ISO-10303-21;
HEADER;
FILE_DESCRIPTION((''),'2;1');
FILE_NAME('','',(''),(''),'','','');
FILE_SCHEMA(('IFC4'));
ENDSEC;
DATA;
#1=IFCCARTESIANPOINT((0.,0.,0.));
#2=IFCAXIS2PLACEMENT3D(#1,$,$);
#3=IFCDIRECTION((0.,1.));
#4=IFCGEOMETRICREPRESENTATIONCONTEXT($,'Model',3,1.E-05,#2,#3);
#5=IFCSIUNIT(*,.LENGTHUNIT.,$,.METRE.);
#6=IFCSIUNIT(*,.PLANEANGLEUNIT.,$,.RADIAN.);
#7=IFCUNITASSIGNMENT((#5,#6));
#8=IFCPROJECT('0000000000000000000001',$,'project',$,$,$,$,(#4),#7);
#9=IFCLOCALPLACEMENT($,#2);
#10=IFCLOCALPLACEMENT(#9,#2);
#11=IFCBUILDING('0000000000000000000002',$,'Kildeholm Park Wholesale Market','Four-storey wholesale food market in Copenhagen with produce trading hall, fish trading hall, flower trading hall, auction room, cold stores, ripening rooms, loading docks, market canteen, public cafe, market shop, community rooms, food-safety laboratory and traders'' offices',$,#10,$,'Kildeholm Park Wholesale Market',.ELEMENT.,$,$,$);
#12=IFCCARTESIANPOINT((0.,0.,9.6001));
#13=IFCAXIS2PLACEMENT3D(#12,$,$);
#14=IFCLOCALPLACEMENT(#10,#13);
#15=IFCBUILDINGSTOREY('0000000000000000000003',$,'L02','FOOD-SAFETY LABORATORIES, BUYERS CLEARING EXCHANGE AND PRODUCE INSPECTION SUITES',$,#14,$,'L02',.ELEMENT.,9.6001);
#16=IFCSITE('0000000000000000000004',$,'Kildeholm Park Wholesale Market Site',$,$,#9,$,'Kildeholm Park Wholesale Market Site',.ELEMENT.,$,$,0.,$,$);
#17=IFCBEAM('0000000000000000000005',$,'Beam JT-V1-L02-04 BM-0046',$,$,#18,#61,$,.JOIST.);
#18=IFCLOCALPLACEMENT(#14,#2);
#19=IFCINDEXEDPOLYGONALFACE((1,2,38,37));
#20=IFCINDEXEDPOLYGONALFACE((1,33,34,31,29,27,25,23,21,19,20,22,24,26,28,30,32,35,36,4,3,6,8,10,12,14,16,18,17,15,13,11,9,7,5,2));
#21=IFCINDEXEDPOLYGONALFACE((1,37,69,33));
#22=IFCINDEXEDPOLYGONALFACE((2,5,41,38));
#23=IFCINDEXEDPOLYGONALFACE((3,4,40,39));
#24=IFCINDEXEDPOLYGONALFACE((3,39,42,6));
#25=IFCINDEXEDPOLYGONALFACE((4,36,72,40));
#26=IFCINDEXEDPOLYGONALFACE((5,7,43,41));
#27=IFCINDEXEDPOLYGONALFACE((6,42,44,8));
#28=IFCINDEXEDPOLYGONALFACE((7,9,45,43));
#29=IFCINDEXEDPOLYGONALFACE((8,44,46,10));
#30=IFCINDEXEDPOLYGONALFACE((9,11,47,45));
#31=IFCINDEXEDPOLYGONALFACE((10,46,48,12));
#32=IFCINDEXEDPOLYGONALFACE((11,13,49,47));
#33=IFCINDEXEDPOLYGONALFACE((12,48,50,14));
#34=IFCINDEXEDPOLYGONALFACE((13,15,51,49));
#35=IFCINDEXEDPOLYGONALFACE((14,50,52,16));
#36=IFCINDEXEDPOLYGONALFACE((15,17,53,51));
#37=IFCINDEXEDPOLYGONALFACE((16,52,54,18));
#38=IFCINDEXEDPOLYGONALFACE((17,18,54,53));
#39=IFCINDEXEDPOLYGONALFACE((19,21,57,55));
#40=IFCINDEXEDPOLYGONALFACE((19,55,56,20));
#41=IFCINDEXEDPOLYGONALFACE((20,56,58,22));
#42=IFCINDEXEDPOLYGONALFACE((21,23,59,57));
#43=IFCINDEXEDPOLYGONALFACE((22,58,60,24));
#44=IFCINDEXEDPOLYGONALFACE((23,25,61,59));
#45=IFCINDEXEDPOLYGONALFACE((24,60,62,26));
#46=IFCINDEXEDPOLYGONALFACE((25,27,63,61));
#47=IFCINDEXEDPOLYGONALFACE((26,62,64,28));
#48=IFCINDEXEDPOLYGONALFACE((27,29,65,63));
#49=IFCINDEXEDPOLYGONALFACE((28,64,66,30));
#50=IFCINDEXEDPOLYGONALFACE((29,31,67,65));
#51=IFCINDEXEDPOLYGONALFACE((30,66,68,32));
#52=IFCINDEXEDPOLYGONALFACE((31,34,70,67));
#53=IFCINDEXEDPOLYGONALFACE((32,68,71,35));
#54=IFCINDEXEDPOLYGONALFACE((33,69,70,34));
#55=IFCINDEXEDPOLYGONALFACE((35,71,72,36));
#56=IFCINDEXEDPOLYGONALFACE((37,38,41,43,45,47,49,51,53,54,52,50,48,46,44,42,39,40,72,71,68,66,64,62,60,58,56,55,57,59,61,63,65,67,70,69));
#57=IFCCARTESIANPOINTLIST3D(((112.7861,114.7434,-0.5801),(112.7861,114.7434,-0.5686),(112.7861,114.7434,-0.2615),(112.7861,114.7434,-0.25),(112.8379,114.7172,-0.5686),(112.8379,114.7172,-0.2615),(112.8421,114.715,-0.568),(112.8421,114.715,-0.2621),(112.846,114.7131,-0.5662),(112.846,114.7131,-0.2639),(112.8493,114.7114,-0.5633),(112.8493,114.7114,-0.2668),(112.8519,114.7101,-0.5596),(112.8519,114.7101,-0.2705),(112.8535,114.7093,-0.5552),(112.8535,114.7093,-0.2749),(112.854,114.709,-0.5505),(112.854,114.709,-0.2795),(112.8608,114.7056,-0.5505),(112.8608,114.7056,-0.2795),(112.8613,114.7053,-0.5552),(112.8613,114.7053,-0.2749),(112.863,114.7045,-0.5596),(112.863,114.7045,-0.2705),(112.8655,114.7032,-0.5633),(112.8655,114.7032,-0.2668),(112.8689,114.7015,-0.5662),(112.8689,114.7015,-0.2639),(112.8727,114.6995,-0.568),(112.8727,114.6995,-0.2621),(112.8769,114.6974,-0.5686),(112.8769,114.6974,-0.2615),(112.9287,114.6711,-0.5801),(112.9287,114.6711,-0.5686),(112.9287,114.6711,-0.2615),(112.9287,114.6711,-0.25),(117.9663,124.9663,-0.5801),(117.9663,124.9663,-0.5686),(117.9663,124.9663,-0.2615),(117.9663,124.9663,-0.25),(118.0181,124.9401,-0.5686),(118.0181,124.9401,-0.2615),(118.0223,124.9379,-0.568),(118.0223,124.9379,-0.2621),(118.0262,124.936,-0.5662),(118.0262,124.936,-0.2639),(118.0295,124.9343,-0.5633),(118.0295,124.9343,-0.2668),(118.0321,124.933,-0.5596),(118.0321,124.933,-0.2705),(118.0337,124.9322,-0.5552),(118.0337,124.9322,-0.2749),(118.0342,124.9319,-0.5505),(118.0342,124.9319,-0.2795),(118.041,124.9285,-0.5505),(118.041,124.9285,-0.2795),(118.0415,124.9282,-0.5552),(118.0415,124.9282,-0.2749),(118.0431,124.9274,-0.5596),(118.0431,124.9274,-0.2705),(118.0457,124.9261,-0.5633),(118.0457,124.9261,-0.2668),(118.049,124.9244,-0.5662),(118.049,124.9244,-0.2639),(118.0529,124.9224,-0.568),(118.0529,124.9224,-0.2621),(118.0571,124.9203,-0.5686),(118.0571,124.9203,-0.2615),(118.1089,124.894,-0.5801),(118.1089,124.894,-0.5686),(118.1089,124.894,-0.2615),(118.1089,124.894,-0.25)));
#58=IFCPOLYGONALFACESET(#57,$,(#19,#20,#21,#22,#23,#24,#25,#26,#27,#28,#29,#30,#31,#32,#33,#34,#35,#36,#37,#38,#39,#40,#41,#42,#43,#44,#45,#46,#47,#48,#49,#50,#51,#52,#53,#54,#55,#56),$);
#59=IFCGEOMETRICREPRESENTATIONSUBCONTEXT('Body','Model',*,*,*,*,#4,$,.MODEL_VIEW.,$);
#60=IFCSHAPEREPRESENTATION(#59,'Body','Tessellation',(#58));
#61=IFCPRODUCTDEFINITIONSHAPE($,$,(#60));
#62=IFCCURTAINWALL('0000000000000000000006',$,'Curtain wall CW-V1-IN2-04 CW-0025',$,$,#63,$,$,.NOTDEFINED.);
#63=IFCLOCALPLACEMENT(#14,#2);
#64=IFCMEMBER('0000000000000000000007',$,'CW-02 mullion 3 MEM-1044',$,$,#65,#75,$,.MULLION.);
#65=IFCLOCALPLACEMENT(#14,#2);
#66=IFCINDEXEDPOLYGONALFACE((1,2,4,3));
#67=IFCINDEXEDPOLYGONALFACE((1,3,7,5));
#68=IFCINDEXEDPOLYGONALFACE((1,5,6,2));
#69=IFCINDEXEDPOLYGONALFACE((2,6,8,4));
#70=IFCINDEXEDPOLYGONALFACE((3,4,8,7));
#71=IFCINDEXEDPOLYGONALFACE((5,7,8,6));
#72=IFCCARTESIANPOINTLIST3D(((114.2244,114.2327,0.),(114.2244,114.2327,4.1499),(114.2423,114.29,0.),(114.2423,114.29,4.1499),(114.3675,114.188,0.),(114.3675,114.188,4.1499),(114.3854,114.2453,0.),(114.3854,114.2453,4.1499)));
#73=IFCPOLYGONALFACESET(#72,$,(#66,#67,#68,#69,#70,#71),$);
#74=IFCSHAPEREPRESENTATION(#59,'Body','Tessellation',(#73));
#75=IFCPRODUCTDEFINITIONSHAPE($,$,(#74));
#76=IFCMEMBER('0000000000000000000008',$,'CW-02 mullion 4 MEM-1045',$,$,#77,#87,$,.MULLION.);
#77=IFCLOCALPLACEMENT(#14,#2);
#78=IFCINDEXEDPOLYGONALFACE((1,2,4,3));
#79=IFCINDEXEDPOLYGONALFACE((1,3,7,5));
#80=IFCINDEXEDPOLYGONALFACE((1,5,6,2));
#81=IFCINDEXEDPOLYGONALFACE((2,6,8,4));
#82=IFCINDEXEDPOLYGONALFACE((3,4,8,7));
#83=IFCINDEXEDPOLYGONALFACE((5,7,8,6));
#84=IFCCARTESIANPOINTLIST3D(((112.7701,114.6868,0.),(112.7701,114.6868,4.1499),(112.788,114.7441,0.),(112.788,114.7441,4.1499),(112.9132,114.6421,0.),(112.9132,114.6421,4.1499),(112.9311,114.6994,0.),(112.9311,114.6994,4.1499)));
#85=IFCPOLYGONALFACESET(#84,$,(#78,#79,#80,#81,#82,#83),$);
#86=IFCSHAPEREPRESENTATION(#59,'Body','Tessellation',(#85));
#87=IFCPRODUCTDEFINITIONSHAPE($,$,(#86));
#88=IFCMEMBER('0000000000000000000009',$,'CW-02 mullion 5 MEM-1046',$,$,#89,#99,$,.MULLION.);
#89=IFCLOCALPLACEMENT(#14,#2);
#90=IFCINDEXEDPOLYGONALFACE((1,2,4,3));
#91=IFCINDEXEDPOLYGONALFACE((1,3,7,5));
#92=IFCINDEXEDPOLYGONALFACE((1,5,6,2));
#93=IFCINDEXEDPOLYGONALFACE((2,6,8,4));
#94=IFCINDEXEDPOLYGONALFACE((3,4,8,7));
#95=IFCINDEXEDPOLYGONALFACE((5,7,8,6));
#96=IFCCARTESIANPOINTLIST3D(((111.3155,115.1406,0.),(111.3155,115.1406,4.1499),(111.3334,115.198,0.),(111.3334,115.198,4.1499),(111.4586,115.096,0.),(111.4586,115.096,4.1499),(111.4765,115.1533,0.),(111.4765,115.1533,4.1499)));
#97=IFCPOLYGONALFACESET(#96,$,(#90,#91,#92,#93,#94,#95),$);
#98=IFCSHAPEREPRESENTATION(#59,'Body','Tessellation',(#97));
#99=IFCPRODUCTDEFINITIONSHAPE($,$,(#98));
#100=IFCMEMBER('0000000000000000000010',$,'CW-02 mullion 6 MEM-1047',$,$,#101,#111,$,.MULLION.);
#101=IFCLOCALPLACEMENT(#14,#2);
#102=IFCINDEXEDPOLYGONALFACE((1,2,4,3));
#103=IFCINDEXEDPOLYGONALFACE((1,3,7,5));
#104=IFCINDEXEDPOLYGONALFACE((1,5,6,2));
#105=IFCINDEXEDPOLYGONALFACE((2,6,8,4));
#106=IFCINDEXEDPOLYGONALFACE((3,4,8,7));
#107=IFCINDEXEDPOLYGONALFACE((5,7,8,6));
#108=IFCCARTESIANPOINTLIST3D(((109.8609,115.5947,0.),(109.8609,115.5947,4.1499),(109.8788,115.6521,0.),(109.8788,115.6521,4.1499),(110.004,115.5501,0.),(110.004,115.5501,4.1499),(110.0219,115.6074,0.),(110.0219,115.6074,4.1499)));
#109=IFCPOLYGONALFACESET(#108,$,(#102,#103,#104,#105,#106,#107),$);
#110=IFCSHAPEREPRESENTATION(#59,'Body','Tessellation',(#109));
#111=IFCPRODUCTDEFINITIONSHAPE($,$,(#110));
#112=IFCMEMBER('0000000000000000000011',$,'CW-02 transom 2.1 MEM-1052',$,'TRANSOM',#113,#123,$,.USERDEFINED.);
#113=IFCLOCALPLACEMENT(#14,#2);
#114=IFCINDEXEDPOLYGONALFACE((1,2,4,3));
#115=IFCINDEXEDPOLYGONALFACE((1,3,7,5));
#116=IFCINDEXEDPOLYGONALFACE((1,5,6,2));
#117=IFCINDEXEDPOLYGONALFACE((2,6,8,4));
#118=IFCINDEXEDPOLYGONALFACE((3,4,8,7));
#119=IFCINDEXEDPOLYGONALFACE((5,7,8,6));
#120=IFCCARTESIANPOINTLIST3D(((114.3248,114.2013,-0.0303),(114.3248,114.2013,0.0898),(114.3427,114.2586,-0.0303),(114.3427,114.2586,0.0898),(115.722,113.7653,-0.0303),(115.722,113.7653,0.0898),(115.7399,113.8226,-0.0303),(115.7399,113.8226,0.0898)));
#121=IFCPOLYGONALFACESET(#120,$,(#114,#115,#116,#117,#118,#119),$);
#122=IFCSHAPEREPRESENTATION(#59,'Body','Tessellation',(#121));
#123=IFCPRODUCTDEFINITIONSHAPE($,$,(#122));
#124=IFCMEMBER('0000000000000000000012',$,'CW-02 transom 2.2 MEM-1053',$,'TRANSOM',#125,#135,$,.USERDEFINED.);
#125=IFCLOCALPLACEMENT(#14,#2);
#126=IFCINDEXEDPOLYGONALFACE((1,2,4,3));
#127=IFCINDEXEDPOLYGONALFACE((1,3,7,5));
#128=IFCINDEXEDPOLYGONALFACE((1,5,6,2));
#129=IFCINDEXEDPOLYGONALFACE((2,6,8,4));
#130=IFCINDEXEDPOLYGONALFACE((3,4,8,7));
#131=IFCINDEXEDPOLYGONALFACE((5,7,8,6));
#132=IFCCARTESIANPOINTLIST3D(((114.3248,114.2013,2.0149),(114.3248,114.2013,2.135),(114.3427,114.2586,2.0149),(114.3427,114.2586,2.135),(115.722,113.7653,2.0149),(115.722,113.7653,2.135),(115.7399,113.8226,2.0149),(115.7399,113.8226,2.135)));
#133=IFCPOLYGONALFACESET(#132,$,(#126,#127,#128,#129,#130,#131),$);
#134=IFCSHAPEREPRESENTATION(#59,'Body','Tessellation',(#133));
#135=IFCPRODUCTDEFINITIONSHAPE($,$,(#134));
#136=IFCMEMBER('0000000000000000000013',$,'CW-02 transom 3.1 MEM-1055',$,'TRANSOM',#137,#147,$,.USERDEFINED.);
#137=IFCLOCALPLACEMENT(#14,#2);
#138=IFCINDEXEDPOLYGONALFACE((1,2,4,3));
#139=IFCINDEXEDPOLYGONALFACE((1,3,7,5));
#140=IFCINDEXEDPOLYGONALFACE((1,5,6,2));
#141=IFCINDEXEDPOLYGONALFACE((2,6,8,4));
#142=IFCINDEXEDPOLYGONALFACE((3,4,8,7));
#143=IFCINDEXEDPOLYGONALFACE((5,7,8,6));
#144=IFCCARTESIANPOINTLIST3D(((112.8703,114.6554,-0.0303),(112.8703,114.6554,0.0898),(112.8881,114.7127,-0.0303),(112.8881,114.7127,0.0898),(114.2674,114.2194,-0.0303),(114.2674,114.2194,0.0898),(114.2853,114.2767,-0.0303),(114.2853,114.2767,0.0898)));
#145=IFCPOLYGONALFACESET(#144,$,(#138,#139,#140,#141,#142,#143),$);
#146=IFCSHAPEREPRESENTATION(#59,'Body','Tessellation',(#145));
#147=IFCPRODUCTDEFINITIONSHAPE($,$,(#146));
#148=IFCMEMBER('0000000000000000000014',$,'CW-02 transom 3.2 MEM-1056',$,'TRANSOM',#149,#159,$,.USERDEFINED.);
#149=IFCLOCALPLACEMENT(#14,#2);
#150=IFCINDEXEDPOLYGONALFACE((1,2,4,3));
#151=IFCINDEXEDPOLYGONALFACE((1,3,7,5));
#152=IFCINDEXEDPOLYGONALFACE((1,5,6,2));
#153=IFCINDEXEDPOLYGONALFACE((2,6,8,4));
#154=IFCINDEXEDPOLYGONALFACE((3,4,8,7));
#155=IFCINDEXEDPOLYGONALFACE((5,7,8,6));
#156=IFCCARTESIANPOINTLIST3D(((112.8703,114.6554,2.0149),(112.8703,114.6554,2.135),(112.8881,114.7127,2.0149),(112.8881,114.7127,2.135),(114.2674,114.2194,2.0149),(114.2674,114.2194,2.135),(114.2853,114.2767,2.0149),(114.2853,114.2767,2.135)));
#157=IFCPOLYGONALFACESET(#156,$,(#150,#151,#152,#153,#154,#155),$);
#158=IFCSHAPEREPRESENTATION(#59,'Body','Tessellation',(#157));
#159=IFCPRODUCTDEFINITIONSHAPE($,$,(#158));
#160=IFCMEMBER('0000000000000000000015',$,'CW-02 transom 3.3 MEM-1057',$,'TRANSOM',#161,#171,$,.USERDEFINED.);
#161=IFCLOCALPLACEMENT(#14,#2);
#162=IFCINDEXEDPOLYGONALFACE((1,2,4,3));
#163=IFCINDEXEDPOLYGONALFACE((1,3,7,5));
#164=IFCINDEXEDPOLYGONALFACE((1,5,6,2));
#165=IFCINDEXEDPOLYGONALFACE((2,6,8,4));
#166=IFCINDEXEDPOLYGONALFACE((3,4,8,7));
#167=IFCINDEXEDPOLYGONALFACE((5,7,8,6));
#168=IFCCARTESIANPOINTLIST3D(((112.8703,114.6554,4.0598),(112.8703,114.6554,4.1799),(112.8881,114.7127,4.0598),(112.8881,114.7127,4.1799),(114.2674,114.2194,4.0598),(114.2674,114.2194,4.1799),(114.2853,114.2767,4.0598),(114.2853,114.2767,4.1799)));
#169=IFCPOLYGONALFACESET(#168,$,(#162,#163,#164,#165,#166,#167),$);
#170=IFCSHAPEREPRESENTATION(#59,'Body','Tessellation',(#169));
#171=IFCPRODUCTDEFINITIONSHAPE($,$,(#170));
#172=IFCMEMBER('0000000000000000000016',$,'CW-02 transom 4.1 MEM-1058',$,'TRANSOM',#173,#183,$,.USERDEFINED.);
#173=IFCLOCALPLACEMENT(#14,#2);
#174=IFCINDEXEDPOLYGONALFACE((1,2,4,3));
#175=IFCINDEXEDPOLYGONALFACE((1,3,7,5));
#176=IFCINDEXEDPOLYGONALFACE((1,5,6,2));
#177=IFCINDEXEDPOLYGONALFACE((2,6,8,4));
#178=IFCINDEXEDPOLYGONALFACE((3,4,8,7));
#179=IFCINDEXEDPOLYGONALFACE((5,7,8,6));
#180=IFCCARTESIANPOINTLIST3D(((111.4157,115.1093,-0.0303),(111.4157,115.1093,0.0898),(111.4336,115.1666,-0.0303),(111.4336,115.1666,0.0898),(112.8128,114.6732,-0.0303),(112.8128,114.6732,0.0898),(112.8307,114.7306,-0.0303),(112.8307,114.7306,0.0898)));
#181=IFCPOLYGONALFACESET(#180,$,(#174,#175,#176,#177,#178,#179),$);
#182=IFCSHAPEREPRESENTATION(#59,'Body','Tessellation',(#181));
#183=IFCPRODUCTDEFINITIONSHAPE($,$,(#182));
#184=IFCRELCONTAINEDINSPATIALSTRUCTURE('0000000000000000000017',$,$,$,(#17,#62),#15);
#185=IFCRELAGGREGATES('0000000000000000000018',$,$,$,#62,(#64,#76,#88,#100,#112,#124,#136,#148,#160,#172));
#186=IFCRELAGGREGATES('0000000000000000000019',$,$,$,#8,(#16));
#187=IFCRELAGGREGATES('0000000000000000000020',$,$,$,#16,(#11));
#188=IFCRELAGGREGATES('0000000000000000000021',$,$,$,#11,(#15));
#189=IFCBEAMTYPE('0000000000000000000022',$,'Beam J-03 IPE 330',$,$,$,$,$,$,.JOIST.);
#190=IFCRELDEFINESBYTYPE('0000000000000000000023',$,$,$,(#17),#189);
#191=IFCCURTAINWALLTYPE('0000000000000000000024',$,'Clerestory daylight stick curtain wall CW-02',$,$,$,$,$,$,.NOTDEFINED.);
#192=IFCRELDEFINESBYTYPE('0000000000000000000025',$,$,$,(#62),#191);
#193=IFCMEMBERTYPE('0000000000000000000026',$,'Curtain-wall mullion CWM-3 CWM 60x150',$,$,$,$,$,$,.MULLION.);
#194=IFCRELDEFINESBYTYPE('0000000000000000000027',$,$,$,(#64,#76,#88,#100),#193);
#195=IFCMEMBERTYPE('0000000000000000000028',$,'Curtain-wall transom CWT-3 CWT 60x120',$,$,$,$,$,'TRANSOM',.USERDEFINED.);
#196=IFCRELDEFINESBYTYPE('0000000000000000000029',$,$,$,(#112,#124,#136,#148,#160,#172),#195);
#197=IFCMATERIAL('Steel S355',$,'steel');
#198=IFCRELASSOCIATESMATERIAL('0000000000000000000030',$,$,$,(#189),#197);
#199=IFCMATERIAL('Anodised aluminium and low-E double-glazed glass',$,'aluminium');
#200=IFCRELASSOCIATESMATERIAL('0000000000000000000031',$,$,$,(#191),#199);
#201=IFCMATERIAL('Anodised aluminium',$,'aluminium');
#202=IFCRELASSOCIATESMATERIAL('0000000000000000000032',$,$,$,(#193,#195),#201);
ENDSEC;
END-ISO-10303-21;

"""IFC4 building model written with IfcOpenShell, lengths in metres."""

from ifc_helpers import new_model, si_unit, direction, frame, origin, origin_2d, place, context, subcontext, project, spatial, rectangle, i_section, extrude, material, material_profile, profile_set, type_object, element, aggregate, save


model = new_model("IFC4")

# Units and contexts
model_context = context("Model", 3, precision=1e-05, world=origin(), true_north=direction((0.0, 1.0)))
body_context = subcontext(model_context, "Body", "Model", "MODEL_VIEW")
ifc_project = project(units=[si_unit("LENGTHUNIT", "METRE"), si_unit("PLANEANGLEUNIT", "RADIAN")], contexts=[model_context])

# Site, building, storey
site_placement = place(None, origin())
site = spatial("IfcSite", under=ifc_project, at=site_placement, Name="Kildeholm Park Wholesale Market Site", LongName="Kildeholm Park Wholesale Market Site", CompositionType="ELEMENT", RefElevation=0.0)
building_placement = place(site_placement, origin())
building = spatial("IfcBuilding", under=site, at=building_placement, Name="Kildeholm Park Wholesale Market", Description="Four-storey wholesale food market in Copenhagen with produce trading hall, fish trading hall, flower trading hall, auction room, cold stores, ripening rooms, loading docks, market canteen, public cafe, market shop, community rooms, food-safety laboratory and traders' offices", LongName="Kildeholm Park Wholesale Market", CompositionType="ELEMENT")
storey_placement = place(building_placement, frame((0.0, 0.0, 9.6001)))
storey = spatial("IfcBuildingStorey", under=building, at=storey_placement, Name="L02", Description="FOOD-SAFETY LABORATORIES, BUYERS CLEARING EXCHANGE AND PRODUCE INSPECTION SUITES", LongName="L02", CompositionType="ELEMENT", Elevation=9.6001)

# Beam
ifc_material_1 = material(Name="Steel S355", Category="steel")
ifc_material_profile_1 = material_profile(ifc_material_1, i_section(OverallWidth=0.1599, OverallDepth=0.3301, WebThickness=0.0076, FlangeThickness=0.0115, FilletRadius=0.0181, at=origin_2d()), Name="IPE 330")
ifc_profile_set_1 = profile_set([ifc_material_profile_1], Name="Steel S355")
beam_type = type_object("IfcBeamType", Name="Beam J-03 IPE 330", PredefinedType="JOIST", material=ifc_profile_set_1)
beam_placement = place(storey_placement, frame((112.8574, 114.7073, -0.415), z_axis=(0.452005, 0.892016, 0.0), x_axis=(-0.892016, 0.452005, 0.0)))
element("IfcBeam", 1, at=beam_placement, inside=storey, type_object=beam_type, Name="Beam JT-V1-L02-04 BM-0046", PredefinedType="JOIST", context=body_context, shape_type="SweptSolid", body=[
    extrude(i_section(OverallWidth=0.1599, OverallDepth=0.3301, WebThickness=0.0076, FlangeThickness=0.0115, FilletRadius=0.0181, at=origin_2d()), origin(), (0.0, 0.0, 1.0), 11.4604),
])

# Curtain wall, members
ifc_material_2 = material(Name="Anodised aluminium and low-E double-glazed glass", Category="aluminium")
curtain_wall_type = type_object("IfcCurtainWallType", Name="Clerestory daylight stick curtain wall CW-02", PredefinedType="NOTDEFINED", material=ifc_material_2)
curtain_wall_placement = place(storey_placement, origin())
curtain_wall = element("IfcCurtainWall", 2, at=curtain_wall_placement, inside=storey, type_object=curtain_wall_type, Name="Curtain wall CW-V1-IN2-04 CW-0025", PredefinedType="NOTDEFINED")
ifc_material_3 = material(Name="Anodised aluminium", Category="aluminium")
ifc_material_profile_2 = material_profile(ifc_material_3, rectangle(XDim=0.0601, YDim=0.1499, at=origin_2d()), Name="CWM 60x150")
ifc_profile_set_2 = profile_set([ifc_material_profile_2], Name="Anodised aluminium")
member_type_1 = type_object("IfcMemberType", Name="Curtain-wall mullion CWM-3 CWM 60x150", PredefinedType="MULLION", material=ifc_profile_set_2)
member_1_placement = place(storey_placement, frame((114.3049, 114.239, 0.0), z_axis=(0.0, 0.0, 1.0), x_axis=(-0.297957, -0.954579, 0.0)))
member_1 = element("IfcMember", 3, at=member_1_placement, type_object=member_type_1, Name="CW-02 mullion 3 MEM-1044", PredefinedType="MULLION", context=body_context, shape_type="SweptSolid", body=[
    extrude(rectangle(XDim=0.0601, YDim=0.1499, at=origin_2d()), origin(), (0.0, 0.0, 1.0), 4.1499),
])
member_2_placement = place(storey_placement, frame((112.8506, 114.6931, 0.0), z_axis=(0.0, 0.0, 1.0), x_axis=(-0.297957, -0.954579, 0.0)))
member_2 = element("IfcMember", 4, at=member_2_placement, type_object=member_type_1, Name="CW-02 mullion 4 MEM-1045", PredefinedType="MULLION", context=body_context, shape_type="SweptSolid", body=[
    extrude(rectangle(XDim=0.0601, YDim=0.1499, at=origin_2d()), origin(), (0.0, 0.0, 1.0), 4.1499),
])
member_3_placement = place(storey_placement, frame((111.396, 115.147, 0.0), z_axis=(0.0, 0.0, 1.0), x_axis=(-0.297957, -0.954579, 0.0)))
member_3 = element("IfcMember", 5, at=member_3_placement, type_object=member_type_1, Name="CW-02 mullion 5 MEM-1046", PredefinedType="MULLION", context=body_context, shape_type="SweptSolid", body=[
    extrude(rectangle(XDim=0.0601, YDim=0.1499, at=origin_2d()), origin(), (0.0, 0.0, 1.0), 4.1499),
])
member_4_placement = place(storey_placement, frame((109.9414, 115.6011, 0.0), z_axis=(0.0, 0.0, 1.0), x_axis=(-0.297957, -0.954579, 0.0)))
member_4 = element("IfcMember", 6, at=member_4_placement, type_object=member_type_1, Name="CW-02 mullion 6 MEM-1047", PredefinedType="MULLION", context=body_context, shape_type="SweptSolid", body=[
    extrude(rectangle(XDim=0.0601, YDim=0.1499, at=origin_2d()), origin(), (0.0, 0.0, 1.0), 4.1499),
])
ifc_material_profile_3 = material_profile(ifc_material_3, rectangle(XDim=0.0601, YDim=0.1201, at=origin_2d()), Name="CWT 60x120")
ifc_profile_set_3 = profile_set([ifc_material_profile_3], Name="Anodised aluminium")
member_type_2 = type_object("IfcMemberType", Name="Curtain-wall transom CWT-3 CWT 60x120", ElementType="TRANSOM", PredefinedType="USERDEFINED", material=ifc_profile_set_3)
member_5_placement = place(storey_placement, frame((115.731, 113.7939, 0.0298), z_axis=(-0.954596, 0.297905, 0.0), x_axis=(-0.297905, -0.954596, 0.0)))
member_5 = element("IfcMember", 7, at=member_5_placement, type_object=member_type_2, Name="CW-02 transom 2.1 MEM-1052", ObjectType="TRANSOM", PredefinedType="USERDEFINED", context=body_context, shape_type="SweptSolid", body=[
    extrude(rectangle(XDim=0.0601, YDim=0.1201, at=origin_2d()), origin(), (0.0, 0.0, 1.0), 1.4636),
])
member_6_placement = place(storey_placement, frame((115.731, 113.7939, 2.075), z_axis=(-0.954596, 0.297905, 0.0), x_axis=(-0.297905, -0.954596, 0.0)))
member_6 = element("IfcMember", 8, at=member_6_placement, type_object=member_type_2, Name="CW-02 transom 2.2 MEM-1053", ObjectType="TRANSOM", PredefinedType="USERDEFINED", context=body_context, shape_type="SweptSolid", body=[
    extrude(rectangle(XDim=0.0601, YDim=0.1201, at=origin_2d()), origin(), (0.0, 0.0, 1.0), 1.4636),
])
member_7_placement = place(storey_placement, frame((114.2764, 114.248, 0.0298), z_axis=(-0.954596, 0.297905, 0.0), x_axis=(-0.297905, -0.954596, 0.0)))
member_7 = element("IfcMember", 9, at=member_7_placement, type_object=member_type_2, Name="CW-02 transom 3.1 MEM-1055", ObjectType="TRANSOM", PredefinedType="USERDEFINED", context=body_context, shape_type="SweptSolid", body=[
    extrude(rectangle(XDim=0.0601, YDim=0.1201, at=origin_2d()), origin(), (0.0, 0.0, 1.0), 1.4636),
])
member_8_placement = place(storey_placement, frame((114.2764, 114.248, 2.075), z_axis=(-0.954596, 0.297905, 0.0), x_axis=(-0.297905, -0.954596, 0.0)))
member_8 = element("IfcMember", 10, at=member_8_placement, type_object=member_type_2, Name="CW-02 transom 3.2 MEM-1056", ObjectType="TRANSOM", PredefinedType="USERDEFINED", context=body_context, shape_type="SweptSolid", body=[
    extrude(rectangle(XDim=0.0601, YDim=0.1201, at=origin_2d()), origin(), (0.0, 0.0, 1.0), 1.4636),
])
member_9_placement = place(storey_placement, frame((114.2764, 114.248, 4.1199), z_axis=(-0.954596, 0.297905, 0.0), x_axis=(-0.297905, -0.954596, 0.0)))
member_9 = element("IfcMember", 11, at=member_9_placement, type_object=member_type_2, Name="CW-02 transom 3.3 MEM-1057", ObjectType="TRANSOM", PredefinedType="USERDEFINED", context=body_context, shape_type="SweptSolid", body=[
    extrude(rectangle(XDim=0.0601, YDim=0.1201, at=origin_2d()), origin(), (0.0, 0.0, 1.0), 1.4636),
])
member_10_placement = place(storey_placement, frame((112.8218, 114.7019, 0.0298), z_axis=(-0.954596, 0.297905, 0.0), x_axis=(-0.297905, -0.954596, 0.0)))
member_10 = element("IfcMember", 12, at=member_10_placement, type_object=member_type_2, Name="CW-02 transom 4.1 MEM-1058", ObjectType="TRANSOM", PredefinedType="USERDEFINED", context=body_context, shape_type="SweptSolid", body=[
    extrude(rectangle(XDim=0.0601, YDim=0.1201, at=origin_2d()), origin(), (0.0, 0.0, 1.0), 1.4636),
])
aggregate(curtain_wall, [member_1, member_2, member_3, member_4, member_5, member_6, member_7, member_8, member_9, member_10])

save(model, "model.ifc")
